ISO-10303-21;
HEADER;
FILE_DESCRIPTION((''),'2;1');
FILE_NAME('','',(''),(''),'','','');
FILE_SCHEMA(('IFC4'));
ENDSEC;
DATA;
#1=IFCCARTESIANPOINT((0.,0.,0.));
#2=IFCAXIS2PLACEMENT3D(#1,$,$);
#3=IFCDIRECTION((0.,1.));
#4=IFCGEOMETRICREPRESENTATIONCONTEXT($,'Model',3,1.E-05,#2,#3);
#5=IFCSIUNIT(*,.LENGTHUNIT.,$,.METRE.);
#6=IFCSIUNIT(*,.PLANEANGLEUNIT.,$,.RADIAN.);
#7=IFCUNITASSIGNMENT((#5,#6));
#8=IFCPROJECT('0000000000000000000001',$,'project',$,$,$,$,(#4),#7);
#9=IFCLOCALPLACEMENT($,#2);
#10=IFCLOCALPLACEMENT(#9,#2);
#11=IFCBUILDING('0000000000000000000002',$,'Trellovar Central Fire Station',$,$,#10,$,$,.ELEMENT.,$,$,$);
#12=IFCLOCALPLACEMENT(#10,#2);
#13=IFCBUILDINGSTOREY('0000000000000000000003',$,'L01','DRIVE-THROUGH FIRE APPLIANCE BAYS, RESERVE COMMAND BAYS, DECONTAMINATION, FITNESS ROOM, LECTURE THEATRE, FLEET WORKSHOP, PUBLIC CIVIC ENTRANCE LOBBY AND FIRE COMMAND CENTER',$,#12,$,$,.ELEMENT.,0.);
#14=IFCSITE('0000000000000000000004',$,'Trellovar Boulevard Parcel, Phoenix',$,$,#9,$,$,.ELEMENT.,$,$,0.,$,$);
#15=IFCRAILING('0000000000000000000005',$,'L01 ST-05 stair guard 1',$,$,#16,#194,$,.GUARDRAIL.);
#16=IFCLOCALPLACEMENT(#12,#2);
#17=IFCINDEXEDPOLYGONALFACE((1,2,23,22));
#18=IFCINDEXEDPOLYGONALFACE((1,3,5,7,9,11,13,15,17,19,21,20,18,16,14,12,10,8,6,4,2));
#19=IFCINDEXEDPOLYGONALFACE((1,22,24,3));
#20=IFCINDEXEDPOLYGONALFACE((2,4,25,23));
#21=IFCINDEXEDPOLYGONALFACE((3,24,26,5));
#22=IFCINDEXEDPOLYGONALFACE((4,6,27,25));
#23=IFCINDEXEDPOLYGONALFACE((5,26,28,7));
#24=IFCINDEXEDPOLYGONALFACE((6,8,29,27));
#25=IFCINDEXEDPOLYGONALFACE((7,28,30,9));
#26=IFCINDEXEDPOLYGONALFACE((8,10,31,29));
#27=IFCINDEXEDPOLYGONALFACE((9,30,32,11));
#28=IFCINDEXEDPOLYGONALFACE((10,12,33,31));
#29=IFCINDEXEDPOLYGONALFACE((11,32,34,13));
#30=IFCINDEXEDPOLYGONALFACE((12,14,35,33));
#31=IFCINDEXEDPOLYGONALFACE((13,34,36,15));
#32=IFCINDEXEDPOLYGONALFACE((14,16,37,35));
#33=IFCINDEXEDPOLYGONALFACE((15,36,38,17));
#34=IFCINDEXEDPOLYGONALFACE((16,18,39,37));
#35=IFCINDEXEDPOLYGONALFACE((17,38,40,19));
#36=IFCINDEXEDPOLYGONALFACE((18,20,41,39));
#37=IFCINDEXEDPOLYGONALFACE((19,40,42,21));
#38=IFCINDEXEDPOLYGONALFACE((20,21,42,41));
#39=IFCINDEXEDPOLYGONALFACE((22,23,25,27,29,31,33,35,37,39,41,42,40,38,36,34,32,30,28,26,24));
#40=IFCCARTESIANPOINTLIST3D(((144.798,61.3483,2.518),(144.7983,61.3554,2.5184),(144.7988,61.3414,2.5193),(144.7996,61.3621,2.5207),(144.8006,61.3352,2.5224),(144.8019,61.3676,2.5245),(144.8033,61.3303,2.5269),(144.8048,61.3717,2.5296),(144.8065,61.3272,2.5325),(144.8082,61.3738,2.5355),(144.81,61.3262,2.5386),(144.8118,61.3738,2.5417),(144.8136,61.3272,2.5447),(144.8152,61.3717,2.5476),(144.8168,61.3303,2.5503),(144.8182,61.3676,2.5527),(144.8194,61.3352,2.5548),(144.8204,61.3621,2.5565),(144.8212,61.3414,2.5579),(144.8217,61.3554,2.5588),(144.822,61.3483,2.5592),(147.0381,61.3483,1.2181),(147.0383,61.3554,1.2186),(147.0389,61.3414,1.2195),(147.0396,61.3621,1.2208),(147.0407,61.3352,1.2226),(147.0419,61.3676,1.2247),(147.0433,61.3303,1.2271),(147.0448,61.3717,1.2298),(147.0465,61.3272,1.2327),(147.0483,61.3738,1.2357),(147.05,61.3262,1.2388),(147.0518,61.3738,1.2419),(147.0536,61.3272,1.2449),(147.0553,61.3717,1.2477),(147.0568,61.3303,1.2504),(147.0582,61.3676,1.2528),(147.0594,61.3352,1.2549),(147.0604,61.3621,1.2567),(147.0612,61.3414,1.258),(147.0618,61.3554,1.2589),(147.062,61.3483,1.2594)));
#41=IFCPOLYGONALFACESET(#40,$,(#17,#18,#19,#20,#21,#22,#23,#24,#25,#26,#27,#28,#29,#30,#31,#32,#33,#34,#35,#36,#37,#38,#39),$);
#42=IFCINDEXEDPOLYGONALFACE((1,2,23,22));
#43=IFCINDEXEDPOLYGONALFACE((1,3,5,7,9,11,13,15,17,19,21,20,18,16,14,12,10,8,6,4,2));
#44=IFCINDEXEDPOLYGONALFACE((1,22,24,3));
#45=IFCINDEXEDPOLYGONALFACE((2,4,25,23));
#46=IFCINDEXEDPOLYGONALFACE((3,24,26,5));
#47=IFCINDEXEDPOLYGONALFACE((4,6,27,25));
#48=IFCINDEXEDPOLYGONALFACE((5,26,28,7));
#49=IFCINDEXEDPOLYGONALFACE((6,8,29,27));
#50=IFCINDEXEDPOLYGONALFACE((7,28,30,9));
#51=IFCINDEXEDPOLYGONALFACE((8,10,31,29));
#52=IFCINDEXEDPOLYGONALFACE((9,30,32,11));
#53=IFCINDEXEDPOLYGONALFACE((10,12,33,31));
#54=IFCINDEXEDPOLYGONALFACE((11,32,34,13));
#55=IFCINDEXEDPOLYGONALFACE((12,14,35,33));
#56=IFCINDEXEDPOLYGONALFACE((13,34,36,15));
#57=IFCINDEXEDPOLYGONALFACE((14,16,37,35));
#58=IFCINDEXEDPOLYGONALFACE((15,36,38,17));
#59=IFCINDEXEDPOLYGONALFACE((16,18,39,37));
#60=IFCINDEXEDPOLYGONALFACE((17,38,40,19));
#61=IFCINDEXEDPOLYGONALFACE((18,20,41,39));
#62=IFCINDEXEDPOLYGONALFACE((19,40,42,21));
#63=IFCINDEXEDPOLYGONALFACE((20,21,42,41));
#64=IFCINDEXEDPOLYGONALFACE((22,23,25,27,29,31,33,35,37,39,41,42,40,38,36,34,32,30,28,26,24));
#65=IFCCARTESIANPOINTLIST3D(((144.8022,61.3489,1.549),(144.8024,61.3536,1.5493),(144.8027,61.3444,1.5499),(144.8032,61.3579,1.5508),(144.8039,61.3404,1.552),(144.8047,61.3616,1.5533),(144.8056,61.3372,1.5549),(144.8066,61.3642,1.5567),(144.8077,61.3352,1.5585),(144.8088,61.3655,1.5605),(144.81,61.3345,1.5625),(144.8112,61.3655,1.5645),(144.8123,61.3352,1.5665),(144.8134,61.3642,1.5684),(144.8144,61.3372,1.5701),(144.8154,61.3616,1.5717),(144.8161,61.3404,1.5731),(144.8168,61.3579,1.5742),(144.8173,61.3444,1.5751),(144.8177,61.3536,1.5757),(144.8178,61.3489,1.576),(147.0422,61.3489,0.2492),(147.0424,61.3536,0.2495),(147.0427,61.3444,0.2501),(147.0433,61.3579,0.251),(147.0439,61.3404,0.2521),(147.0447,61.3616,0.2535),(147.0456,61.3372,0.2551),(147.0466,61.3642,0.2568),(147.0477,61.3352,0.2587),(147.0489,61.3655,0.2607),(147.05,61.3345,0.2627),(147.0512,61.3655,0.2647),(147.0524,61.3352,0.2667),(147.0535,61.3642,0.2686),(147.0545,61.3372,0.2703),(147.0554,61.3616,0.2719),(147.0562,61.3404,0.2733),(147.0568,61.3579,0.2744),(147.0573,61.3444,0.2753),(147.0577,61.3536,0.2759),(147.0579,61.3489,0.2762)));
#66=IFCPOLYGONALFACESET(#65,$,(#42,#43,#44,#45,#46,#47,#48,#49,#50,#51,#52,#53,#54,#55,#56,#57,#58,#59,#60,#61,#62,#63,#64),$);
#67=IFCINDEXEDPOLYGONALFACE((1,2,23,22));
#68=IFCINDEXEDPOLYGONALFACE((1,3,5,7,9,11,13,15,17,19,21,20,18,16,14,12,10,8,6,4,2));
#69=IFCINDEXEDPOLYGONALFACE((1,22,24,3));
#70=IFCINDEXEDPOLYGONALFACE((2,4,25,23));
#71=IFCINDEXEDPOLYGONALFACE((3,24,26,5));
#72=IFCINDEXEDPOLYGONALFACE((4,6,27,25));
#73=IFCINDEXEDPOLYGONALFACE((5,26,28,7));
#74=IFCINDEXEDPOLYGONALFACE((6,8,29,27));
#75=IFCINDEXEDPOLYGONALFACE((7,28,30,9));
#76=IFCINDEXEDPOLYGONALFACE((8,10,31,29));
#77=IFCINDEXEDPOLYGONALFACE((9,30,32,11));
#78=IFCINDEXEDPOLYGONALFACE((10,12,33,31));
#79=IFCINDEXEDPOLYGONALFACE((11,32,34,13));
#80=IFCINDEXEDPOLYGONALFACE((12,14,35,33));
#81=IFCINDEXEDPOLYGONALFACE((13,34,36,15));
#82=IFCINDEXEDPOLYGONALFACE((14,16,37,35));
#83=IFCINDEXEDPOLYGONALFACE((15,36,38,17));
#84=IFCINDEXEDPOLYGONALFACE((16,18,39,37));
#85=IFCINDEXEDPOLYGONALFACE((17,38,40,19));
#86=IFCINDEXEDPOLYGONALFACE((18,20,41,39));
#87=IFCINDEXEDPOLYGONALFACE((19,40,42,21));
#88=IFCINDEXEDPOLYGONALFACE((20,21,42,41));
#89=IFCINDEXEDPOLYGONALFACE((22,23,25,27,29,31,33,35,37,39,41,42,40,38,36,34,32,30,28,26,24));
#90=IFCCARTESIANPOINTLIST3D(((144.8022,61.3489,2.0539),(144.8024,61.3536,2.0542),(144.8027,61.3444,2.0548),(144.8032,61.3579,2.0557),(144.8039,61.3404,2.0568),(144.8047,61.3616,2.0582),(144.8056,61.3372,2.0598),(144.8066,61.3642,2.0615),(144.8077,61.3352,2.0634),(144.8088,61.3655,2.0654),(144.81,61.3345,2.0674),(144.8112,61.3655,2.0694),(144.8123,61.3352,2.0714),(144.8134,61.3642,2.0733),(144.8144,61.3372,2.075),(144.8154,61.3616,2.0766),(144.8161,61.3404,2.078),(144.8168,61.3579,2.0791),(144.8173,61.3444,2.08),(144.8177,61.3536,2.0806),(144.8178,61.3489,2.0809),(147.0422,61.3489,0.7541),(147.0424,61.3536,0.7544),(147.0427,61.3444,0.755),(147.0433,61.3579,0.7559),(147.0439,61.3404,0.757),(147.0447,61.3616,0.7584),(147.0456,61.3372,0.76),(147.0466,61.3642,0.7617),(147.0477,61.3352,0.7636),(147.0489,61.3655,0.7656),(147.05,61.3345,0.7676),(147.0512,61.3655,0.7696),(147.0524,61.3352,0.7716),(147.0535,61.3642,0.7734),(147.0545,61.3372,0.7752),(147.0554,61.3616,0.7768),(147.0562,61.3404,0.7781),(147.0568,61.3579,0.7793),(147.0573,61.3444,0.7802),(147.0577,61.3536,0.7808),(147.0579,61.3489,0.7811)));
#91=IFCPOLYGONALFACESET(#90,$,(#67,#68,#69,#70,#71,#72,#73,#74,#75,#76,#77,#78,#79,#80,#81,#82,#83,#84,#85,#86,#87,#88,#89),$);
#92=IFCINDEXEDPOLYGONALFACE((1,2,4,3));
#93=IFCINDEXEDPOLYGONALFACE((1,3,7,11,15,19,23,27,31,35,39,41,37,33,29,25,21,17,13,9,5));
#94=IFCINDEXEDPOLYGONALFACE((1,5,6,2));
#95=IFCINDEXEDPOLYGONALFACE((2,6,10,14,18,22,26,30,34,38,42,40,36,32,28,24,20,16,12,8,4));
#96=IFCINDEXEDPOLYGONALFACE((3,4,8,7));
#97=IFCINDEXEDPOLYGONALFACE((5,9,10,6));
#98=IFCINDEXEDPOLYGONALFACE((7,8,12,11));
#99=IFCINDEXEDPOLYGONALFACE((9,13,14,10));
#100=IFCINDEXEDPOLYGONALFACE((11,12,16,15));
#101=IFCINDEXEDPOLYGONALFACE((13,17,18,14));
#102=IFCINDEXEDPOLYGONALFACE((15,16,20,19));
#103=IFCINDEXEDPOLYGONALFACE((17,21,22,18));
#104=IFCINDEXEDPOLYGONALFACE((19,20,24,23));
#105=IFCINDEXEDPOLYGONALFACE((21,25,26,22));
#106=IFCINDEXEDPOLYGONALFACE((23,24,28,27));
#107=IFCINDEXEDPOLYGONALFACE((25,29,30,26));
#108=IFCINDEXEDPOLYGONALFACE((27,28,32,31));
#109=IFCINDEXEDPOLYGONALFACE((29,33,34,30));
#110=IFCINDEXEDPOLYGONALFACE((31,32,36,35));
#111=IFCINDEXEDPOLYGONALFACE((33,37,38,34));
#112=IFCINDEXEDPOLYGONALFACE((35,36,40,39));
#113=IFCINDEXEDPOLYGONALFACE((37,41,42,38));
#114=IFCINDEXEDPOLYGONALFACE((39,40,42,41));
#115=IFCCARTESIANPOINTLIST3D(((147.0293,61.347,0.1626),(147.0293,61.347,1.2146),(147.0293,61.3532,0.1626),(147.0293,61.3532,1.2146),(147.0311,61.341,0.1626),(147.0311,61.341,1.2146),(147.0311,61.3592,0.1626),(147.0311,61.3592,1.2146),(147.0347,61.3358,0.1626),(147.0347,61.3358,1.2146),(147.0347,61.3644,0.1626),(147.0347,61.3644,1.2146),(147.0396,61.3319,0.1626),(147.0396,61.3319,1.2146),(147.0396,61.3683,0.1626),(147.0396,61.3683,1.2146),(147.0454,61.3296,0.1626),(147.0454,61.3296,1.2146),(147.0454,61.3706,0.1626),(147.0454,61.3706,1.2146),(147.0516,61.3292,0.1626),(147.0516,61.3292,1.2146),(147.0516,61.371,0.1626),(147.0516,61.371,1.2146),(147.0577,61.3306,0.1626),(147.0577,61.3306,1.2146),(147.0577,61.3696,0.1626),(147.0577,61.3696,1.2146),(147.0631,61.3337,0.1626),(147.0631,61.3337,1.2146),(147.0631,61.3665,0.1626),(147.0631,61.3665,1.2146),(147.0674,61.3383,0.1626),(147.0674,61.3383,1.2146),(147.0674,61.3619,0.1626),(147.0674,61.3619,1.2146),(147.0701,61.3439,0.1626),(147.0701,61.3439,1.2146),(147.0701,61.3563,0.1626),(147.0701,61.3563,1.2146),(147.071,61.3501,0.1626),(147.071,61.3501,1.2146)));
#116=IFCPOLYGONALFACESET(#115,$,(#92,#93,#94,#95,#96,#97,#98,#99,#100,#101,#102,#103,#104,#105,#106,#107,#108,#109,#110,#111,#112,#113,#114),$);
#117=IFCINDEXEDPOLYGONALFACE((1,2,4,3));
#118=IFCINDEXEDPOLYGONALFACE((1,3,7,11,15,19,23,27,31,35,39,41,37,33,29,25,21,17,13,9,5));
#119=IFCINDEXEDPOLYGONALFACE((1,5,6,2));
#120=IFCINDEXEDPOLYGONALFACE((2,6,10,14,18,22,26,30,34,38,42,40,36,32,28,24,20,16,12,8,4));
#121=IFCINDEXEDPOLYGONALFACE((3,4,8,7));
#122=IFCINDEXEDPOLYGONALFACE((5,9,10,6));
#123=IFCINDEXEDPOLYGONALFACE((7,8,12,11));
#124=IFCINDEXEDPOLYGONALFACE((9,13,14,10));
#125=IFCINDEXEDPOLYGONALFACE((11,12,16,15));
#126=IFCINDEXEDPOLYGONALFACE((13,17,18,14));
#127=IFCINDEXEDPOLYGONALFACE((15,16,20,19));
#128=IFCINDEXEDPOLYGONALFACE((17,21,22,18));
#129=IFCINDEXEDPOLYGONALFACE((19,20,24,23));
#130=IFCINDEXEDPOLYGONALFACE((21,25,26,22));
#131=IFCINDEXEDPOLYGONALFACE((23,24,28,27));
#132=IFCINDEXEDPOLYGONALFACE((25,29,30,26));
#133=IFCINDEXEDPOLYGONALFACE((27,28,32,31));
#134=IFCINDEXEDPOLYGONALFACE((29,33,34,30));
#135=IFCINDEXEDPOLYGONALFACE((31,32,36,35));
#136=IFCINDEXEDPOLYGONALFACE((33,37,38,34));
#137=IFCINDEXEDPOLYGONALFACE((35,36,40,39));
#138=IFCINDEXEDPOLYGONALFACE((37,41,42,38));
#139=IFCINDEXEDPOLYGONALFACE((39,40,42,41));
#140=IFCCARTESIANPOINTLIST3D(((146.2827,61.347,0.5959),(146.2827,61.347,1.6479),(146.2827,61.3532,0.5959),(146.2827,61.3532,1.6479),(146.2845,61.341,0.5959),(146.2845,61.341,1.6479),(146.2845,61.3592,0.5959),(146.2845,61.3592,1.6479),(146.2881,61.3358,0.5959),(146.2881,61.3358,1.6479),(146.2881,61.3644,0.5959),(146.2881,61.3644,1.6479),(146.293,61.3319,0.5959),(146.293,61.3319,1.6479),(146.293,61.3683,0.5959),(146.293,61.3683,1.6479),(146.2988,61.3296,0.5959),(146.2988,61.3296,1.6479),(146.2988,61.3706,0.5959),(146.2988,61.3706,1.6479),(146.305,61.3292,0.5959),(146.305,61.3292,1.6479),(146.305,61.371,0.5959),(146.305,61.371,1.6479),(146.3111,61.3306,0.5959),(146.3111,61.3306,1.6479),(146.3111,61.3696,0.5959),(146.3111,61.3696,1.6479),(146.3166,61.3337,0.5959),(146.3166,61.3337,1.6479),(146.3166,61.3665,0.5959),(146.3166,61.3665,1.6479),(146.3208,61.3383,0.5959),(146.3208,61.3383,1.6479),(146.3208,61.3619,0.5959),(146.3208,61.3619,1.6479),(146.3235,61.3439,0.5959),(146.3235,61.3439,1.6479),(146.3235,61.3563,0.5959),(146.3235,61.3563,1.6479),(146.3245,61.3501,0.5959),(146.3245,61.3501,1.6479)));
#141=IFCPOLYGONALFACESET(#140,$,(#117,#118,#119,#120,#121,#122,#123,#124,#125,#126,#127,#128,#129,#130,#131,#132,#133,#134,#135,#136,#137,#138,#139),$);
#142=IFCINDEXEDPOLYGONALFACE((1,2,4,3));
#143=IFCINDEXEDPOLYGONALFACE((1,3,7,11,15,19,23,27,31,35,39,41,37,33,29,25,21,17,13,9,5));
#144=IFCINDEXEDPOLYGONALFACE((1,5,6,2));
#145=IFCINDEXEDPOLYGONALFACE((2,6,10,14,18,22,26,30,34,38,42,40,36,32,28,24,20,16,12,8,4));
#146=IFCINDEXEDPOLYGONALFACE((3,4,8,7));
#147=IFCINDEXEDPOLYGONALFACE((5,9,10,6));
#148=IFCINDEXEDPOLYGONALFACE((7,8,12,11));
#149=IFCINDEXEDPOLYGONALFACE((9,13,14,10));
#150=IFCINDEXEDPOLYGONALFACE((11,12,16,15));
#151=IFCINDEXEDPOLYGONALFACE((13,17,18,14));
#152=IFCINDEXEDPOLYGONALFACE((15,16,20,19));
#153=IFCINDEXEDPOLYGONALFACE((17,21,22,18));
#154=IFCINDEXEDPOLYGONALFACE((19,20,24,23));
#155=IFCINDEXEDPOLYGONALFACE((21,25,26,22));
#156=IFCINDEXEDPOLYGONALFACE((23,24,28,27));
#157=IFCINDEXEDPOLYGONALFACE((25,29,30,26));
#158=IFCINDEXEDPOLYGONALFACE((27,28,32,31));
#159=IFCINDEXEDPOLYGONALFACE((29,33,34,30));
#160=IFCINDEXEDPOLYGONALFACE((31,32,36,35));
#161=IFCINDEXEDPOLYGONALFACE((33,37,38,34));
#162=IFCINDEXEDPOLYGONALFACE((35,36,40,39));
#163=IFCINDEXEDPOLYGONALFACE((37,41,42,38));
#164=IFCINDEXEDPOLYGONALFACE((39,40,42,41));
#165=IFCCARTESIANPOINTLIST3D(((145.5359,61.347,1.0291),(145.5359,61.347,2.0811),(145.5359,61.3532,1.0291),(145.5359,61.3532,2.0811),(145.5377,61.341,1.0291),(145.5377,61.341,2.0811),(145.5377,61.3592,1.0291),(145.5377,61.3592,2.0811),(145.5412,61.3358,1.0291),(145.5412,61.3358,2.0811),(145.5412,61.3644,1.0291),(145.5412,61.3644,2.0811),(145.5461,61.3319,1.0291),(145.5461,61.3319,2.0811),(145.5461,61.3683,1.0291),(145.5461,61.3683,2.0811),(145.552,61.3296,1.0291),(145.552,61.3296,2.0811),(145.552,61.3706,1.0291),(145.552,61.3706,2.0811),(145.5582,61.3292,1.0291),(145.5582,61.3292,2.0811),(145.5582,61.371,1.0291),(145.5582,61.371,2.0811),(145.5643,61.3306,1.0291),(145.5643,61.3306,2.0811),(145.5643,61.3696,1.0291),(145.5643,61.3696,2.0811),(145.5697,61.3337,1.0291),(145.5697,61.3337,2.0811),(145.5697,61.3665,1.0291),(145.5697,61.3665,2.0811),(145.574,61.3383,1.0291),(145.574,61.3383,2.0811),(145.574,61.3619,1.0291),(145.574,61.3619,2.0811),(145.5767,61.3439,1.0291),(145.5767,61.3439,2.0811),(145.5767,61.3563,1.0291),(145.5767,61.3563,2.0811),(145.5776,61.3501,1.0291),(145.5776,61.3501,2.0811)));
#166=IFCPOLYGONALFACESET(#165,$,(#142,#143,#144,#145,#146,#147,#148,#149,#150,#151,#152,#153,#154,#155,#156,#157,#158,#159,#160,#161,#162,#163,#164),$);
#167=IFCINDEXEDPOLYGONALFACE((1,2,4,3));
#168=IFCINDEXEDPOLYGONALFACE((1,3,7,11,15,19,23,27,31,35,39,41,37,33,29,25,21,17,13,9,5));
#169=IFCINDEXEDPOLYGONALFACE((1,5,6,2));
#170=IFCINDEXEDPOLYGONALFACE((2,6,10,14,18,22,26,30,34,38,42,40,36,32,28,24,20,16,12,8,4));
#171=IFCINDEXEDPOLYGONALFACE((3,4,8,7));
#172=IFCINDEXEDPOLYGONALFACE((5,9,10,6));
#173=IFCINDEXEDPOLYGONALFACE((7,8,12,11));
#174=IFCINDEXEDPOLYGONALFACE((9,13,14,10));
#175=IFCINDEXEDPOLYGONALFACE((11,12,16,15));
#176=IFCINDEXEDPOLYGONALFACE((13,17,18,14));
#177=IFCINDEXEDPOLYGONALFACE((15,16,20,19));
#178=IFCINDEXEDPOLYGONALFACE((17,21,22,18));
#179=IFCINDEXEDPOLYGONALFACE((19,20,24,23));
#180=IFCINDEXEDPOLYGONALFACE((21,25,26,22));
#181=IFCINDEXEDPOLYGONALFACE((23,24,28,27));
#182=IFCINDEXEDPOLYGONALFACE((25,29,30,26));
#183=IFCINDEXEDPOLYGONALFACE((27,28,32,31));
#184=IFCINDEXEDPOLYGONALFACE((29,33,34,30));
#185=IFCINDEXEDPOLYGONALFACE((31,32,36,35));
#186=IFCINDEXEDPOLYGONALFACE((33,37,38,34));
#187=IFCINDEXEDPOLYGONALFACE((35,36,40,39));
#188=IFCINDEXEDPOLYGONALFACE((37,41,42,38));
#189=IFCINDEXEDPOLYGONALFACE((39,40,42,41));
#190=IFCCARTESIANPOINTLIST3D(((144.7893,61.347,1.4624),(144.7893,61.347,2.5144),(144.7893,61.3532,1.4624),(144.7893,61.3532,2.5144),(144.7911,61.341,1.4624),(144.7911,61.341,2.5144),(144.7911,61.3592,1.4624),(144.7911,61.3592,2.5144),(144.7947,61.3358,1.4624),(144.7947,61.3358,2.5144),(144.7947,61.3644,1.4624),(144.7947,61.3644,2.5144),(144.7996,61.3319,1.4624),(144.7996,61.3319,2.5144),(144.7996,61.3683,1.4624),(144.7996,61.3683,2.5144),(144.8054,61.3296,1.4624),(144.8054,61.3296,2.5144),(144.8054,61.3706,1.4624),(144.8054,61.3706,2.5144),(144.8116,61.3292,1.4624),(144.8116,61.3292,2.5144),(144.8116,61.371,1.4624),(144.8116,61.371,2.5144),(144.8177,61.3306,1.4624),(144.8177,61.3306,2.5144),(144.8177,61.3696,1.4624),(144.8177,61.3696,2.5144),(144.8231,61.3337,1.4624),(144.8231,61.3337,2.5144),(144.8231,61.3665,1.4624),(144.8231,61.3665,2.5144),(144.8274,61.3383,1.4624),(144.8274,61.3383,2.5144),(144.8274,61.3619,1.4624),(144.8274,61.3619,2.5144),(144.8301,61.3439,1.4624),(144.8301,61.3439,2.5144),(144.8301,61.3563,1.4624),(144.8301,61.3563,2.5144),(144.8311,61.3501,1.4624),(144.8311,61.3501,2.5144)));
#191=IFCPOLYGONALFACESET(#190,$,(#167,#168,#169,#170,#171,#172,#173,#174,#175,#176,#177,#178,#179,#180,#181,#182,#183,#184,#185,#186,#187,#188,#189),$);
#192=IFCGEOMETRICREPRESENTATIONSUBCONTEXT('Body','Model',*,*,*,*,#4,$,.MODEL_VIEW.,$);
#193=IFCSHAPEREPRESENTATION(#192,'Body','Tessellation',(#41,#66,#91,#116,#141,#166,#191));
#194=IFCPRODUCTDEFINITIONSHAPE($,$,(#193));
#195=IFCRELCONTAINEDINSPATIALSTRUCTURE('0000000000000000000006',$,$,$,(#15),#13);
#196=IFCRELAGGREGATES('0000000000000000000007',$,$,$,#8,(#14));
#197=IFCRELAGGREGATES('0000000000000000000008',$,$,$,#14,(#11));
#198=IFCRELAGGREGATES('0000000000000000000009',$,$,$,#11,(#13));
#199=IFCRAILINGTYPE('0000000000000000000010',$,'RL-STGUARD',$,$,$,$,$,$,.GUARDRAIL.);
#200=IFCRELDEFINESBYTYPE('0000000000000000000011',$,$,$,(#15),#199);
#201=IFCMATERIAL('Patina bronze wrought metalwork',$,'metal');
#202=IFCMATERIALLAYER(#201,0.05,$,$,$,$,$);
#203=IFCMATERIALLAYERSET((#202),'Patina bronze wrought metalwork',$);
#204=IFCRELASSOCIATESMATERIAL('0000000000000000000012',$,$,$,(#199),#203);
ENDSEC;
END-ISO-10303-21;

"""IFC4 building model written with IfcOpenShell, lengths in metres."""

from ifc_helpers import new_model, si_unit, direction, frame, origin, origin_2d, place, context, subcontext, project, spatial, circle, extrude, material, layer, layer_set, type_object, element, save


model = new_model("IFC4")

# Units and contexts
model_context = context("Model", 3, precision=1e-05, world=origin(), true_north=direction((0.0, 1.0)))
body_context = subcontext(model_context, "Body", "Model", "MODEL_VIEW")
ifc_project = project(units=[si_unit("LENGTHUNIT", "METRE"), si_unit("PLANEANGLEUNIT", "RADIAN")], contexts=[model_context])

# Site, building, storey
site_placement = place(None, origin())
site = spatial("IfcSite", under=ifc_project, at=site_placement, Name="Trellovar Boulevard Parcel, Phoenix", CompositionType="ELEMENT", RefElevation=0.0)
building_placement = place(site_placement, origin())
building = spatial("IfcBuilding", under=site, at=building_placement, Name="Trellovar Central Fire Station", CompositionType="ELEMENT")
storey_placement = place(building_placement, origin())
storey = spatial("IfcBuildingStorey", under=building, at=storey_placement, Name="L01", Description="DRIVE-THROUGH FIRE APPLIANCE BAYS, RESERVE COMMAND BAYS, DECONTAMINATION, FITNESS ROOM, LECTURE THEATRE, FLEET WORKSHOP, PUBLIC CIVIC ENTRANCE LOBBY AND FIRE COMMAND CENTER", CompositionType="ELEMENT", Elevation=0.0)

# Railing
ifc_material_1 = material(Name="Patina bronze wrought metalwork", Category="metal")
ifc_layer_1 = layer(ifc_material_1, 0.05)
ifc_layer_set_1 = layer_set([ifc_layer_1], Name="Patina bronze wrought metalwork")
railing_type = type_object("IfcRailingType", Name="RL-STGUARD", PredefinedType="GUARDRAIL", material=ifc_layer_set_1)
railing_1_placement = place(storey_placement, frame((147.05, 61.3501, 0.1626)))
element("IfcRailing", 1, at=railing_1_placement, inside=storey, type_object=railing_type, Name="L01 ST-05 stair guard 1", PredefinedType="GUARDRAIL", context=body_context, shape_type="SweptSolid", body=[
    extrude(circle(Radius=0.0239, at=origin_2d()), frame((0.0, 0.0, 1.0762), z_axis=(-0.864929, 0.0, 0.501894), x_axis=(0.0, -1.0, 0.0)), (0.0, 0.0, 1.0), 2.5898),
    extrude(circle(Radius=0.0156, at=origin_2d()), frame((0.0, 0.0, 0.1001), z_axis=(-0.864929, 0.0, 0.501894), x_axis=(0.0, -1.0, 0.0)), (0.0, 0.0, 1.0), 2.5898),
    extrude(circle(Radius=0.0156, at=origin_2d()), frame((0.0, 0.0, 0.605), z_axis=(-0.864929, 0.0, 0.501894), x_axis=(0.0, -1.0, 0.0)), (0.0, 0.0, 1.0), 2.5898),
    extrude(circle(Radius=0.021, at=origin_2d()), origin(), (0.0, 0.0, 1.0), 1.052),
    extrude(circle(Radius=0.021, at=origin_2d()), frame((-0.7466, 0.0, 0.4333)), (0.0, 0.0, 1.0), 1.052),
    extrude(circle(Radius=0.021, at=origin_2d()), frame((-1.4934, 0.0, 0.8665)), (0.0, 0.0, 1.0), 1.052),
    extrude(circle(Radius=0.021, at=origin_2d()), frame((-2.24, 0.0, 1.2998)), (0.0, 0.0, 1.0), 1.052),
])

save(model, "model.ifc")
